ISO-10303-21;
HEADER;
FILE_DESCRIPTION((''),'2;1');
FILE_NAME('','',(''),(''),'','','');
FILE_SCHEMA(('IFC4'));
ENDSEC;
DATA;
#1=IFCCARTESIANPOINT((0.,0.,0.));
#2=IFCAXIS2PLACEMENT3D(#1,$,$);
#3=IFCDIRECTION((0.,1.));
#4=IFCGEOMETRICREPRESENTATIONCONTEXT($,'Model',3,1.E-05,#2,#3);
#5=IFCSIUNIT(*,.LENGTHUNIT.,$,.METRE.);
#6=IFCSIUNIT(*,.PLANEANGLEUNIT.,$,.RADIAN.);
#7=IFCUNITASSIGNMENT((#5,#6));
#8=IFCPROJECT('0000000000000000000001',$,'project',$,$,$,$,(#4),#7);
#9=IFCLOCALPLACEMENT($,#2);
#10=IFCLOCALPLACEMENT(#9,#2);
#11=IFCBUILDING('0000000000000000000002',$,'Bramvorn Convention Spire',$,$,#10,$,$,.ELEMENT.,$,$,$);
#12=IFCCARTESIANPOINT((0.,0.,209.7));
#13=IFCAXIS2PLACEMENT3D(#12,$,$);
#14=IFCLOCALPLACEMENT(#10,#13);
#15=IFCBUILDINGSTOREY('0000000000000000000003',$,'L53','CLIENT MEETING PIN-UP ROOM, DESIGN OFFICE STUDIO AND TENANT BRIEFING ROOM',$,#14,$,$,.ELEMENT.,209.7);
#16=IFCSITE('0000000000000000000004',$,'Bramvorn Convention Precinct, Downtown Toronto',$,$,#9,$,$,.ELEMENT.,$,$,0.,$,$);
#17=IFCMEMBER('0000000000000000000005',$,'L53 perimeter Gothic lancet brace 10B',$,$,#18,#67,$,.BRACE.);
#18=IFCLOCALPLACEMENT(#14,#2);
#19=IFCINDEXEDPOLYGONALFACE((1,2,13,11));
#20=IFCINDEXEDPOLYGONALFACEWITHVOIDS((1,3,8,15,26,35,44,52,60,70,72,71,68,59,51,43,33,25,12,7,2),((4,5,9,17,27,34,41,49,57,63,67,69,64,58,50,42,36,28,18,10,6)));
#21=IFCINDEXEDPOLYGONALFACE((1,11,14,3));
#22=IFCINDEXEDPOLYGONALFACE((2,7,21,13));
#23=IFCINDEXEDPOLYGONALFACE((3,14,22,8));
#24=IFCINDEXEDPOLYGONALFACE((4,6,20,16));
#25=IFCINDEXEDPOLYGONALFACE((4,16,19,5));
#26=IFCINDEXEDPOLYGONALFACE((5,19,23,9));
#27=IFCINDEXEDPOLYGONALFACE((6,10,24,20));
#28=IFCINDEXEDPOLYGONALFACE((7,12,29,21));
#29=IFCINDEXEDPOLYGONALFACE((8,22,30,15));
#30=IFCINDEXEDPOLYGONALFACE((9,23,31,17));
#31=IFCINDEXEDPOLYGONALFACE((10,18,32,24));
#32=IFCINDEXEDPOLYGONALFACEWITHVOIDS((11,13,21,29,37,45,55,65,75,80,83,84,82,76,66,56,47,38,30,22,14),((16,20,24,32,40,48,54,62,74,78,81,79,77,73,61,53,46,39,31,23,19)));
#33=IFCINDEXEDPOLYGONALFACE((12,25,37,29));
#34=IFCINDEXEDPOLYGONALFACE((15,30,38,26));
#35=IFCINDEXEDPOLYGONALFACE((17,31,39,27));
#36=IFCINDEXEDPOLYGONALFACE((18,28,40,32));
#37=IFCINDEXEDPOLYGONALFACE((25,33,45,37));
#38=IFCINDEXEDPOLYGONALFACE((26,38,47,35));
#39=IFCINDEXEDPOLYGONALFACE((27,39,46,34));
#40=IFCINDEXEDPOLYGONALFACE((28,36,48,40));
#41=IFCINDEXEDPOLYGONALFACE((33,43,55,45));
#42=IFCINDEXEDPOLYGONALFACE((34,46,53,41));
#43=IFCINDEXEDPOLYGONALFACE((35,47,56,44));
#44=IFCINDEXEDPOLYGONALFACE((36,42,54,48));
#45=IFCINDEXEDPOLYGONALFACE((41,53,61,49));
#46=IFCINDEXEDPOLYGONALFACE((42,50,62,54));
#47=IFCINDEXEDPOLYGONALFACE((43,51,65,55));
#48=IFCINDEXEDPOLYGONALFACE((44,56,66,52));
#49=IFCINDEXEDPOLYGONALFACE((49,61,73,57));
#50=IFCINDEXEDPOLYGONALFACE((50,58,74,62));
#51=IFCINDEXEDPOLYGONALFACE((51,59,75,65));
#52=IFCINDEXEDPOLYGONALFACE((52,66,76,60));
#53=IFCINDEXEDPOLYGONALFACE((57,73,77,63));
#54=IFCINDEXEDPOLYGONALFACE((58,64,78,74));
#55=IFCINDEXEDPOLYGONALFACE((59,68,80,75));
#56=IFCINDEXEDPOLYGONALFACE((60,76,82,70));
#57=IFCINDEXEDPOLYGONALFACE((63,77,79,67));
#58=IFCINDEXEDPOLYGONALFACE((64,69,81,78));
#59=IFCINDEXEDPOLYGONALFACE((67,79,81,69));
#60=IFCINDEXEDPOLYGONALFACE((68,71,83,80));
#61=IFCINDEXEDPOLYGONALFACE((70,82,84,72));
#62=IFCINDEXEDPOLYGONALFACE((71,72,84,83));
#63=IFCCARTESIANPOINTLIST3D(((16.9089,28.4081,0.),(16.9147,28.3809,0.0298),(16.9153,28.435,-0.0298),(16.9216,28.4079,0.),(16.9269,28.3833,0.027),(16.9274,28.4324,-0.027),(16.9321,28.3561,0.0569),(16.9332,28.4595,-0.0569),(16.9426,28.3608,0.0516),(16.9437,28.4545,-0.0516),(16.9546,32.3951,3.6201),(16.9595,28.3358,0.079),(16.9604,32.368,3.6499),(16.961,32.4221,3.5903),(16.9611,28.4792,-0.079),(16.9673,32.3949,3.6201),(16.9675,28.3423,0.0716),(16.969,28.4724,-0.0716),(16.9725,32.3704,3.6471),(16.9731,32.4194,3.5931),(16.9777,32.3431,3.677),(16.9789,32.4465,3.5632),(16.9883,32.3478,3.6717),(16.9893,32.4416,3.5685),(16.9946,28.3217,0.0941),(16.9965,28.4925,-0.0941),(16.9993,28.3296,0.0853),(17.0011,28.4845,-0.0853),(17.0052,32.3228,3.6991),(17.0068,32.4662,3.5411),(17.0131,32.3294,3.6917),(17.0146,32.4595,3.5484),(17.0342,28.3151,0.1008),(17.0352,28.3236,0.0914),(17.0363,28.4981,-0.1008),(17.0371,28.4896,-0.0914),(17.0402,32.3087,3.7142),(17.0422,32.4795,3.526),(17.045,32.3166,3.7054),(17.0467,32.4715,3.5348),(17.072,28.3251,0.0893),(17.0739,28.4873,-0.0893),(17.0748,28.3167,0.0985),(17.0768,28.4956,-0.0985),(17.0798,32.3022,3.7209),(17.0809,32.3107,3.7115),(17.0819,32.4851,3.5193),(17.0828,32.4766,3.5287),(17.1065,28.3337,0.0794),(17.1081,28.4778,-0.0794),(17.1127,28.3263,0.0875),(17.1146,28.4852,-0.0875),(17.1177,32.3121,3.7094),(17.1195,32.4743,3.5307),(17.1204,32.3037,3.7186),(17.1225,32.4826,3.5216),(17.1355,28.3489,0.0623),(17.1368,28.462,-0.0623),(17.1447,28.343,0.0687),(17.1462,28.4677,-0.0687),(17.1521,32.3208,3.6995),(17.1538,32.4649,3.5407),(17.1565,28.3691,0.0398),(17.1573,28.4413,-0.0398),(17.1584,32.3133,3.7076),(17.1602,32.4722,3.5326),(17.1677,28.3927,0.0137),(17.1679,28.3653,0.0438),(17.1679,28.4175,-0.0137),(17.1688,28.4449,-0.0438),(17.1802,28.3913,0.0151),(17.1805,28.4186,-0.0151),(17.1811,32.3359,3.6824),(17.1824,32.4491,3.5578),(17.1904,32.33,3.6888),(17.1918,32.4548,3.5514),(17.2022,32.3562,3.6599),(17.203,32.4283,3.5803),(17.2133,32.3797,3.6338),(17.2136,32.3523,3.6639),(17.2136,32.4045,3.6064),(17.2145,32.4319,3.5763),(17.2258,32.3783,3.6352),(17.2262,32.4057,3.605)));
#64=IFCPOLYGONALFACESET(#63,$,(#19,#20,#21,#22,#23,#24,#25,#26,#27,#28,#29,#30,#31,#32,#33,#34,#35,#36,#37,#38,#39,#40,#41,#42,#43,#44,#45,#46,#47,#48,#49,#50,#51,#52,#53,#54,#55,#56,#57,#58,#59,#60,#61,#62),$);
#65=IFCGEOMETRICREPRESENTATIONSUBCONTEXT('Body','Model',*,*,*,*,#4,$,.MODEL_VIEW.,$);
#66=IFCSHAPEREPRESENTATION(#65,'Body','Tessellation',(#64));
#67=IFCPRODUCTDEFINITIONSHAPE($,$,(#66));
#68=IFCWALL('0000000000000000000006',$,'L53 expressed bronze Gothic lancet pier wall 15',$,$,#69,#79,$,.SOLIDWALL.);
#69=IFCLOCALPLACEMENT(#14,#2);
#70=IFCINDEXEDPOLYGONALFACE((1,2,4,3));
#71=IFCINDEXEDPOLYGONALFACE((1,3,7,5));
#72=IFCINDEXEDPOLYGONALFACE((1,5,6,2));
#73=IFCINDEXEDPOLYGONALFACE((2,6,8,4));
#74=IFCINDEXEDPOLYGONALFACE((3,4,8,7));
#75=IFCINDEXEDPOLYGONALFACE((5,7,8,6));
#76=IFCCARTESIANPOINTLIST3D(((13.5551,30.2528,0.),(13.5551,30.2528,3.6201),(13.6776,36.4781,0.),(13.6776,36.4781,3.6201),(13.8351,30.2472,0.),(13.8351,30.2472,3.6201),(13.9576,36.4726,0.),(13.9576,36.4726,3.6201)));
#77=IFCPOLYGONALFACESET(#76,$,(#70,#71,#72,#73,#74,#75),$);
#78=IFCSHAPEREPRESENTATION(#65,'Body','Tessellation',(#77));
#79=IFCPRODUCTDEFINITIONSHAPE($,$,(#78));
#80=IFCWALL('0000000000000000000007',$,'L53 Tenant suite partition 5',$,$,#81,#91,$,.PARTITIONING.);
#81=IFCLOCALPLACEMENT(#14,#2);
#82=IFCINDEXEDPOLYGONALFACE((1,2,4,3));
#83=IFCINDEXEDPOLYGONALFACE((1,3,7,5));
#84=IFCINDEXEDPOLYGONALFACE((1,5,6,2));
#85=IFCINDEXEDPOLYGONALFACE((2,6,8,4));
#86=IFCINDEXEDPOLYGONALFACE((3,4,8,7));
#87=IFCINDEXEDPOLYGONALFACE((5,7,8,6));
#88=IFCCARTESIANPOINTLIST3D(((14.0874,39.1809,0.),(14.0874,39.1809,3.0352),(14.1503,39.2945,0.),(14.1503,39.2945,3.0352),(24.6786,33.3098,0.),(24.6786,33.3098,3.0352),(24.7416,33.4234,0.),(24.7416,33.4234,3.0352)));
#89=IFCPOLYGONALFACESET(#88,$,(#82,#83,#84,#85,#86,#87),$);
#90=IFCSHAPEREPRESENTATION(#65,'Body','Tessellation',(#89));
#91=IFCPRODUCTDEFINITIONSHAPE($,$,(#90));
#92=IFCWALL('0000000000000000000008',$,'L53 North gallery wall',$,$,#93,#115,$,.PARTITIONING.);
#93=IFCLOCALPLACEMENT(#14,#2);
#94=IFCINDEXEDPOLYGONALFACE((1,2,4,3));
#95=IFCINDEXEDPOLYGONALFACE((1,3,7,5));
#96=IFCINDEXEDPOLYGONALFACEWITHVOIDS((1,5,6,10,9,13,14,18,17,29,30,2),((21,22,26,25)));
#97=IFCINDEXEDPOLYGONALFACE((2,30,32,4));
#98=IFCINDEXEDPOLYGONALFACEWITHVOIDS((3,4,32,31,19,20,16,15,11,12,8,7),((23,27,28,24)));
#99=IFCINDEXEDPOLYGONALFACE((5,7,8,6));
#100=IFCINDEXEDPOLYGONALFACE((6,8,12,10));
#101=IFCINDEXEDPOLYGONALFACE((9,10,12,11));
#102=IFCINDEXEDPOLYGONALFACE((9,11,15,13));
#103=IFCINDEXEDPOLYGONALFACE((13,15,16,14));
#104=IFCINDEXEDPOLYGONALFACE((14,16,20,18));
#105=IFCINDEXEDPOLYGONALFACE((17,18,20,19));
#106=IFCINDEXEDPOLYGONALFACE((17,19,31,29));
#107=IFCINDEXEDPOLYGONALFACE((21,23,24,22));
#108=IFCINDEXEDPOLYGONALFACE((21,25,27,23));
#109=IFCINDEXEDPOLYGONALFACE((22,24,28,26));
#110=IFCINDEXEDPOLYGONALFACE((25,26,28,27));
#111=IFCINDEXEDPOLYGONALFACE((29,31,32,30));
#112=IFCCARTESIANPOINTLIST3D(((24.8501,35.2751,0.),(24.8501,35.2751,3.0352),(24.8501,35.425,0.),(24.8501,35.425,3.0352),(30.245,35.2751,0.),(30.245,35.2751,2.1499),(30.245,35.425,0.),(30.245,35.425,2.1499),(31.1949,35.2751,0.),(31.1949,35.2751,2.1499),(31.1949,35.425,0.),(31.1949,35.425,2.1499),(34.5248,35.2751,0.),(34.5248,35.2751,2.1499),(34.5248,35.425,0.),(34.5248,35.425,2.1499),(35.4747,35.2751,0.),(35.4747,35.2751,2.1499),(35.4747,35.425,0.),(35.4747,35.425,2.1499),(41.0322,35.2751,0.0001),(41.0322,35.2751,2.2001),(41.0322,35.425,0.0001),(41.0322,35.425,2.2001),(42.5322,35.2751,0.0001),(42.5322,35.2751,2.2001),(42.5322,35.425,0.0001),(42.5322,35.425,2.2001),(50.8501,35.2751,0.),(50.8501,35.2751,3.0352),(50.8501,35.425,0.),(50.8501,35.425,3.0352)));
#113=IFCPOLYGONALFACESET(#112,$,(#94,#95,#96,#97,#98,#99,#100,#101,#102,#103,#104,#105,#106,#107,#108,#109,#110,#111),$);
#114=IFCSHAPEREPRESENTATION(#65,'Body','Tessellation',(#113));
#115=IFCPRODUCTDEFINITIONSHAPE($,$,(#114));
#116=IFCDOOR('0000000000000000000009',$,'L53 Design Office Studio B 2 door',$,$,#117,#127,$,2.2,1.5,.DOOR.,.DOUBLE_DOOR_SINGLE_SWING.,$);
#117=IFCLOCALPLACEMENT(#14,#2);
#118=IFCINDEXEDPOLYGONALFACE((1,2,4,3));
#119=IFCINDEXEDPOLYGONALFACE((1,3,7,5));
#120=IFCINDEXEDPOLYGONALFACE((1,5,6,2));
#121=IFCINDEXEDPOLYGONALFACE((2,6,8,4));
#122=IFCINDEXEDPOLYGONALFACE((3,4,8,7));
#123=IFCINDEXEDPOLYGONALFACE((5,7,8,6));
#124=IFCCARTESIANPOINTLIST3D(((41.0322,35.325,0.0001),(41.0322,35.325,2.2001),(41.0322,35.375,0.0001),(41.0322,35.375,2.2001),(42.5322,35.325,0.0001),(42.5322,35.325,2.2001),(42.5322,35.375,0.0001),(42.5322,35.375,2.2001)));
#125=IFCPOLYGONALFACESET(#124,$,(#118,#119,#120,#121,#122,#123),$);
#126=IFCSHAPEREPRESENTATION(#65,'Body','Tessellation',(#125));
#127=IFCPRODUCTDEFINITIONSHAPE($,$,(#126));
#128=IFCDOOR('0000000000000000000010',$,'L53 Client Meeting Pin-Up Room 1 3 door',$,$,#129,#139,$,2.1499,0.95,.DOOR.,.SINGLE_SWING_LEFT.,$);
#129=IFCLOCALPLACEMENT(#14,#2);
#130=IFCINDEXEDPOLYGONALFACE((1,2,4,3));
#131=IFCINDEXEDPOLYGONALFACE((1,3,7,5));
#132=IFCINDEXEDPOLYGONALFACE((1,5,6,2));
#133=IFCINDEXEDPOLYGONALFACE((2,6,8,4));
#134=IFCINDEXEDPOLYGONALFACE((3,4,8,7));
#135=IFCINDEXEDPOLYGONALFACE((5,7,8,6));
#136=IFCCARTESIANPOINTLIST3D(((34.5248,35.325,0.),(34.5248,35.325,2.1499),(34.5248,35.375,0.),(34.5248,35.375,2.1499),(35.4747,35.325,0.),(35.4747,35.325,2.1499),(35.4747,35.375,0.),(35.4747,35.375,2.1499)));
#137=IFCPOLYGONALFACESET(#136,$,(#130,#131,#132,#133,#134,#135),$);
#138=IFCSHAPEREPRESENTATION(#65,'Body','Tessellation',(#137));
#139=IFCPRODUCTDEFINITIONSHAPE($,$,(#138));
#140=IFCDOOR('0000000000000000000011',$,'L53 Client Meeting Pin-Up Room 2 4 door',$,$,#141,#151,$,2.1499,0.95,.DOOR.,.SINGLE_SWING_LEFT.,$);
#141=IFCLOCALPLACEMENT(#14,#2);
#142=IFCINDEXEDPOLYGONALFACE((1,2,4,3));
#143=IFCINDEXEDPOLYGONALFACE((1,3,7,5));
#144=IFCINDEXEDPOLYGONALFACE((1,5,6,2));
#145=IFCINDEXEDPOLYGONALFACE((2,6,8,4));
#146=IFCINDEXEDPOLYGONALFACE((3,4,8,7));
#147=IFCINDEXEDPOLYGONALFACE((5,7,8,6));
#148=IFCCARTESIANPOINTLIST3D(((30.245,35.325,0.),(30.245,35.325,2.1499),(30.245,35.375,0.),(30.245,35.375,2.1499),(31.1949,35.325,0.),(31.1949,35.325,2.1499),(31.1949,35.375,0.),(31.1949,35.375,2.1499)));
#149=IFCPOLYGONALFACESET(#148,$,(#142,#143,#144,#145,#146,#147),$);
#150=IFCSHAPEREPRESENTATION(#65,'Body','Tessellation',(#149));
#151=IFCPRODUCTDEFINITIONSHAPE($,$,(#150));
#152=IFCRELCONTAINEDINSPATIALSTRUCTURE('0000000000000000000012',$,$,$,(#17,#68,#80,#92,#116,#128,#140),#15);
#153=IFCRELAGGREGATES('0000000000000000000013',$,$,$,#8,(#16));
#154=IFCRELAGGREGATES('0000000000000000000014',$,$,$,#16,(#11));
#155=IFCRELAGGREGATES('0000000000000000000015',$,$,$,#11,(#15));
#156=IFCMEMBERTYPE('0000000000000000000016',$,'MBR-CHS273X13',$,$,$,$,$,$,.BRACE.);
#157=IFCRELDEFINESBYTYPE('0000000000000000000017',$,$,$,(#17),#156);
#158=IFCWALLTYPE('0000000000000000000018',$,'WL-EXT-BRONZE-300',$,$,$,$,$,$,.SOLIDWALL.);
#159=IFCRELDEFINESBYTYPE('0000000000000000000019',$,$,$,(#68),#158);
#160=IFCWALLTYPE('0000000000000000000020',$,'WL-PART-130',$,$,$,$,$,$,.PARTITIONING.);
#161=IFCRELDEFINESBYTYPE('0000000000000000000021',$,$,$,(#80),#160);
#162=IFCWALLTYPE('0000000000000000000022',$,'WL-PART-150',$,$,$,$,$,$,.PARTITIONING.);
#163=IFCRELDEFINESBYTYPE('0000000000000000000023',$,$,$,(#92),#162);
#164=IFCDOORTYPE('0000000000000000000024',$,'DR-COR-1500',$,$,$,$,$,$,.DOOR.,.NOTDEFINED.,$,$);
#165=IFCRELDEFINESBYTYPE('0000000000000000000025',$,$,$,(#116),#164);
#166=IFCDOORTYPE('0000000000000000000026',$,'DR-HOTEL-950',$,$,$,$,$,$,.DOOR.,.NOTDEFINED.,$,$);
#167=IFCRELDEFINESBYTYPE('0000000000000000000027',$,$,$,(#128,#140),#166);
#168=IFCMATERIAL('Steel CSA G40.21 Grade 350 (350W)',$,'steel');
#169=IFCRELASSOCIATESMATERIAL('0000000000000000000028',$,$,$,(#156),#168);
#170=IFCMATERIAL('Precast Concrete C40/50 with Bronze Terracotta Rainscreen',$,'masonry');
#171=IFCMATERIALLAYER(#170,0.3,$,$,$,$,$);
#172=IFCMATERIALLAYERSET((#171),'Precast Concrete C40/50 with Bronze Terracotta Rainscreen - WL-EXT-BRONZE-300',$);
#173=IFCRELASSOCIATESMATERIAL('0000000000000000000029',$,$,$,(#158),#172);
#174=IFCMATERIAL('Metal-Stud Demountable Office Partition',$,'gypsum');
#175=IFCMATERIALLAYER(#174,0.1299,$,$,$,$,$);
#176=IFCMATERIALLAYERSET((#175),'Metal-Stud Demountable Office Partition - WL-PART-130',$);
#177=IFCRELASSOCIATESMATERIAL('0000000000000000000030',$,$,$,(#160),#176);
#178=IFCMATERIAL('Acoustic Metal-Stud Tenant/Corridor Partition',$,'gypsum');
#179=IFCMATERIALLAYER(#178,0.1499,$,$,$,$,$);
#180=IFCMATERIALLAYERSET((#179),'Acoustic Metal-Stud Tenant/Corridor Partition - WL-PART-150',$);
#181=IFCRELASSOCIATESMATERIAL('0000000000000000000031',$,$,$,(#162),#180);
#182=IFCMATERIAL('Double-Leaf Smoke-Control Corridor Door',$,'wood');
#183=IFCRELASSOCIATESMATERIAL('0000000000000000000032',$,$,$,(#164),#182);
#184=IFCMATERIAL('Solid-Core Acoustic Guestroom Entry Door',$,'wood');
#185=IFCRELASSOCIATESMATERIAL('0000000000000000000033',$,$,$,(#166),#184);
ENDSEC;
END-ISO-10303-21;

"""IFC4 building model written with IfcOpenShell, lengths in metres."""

from ifc_helpers import new_model, si_unit, direction, frame, frame_2d, origin, origin_2d, place, context, subcontext, project, spatial, rectangle, hollow_circle, extrude, material, layer, layer_set, material_profile, profile_set, type_object, element, fill, save


model = new_model("IFC4")

# Units and contexts
model_context = context("Model", 3, precision=1e-05, world=origin(), true_north=direction((0.0, 1.0)))
body_context = subcontext(model_context, "Body", "Model", "MODEL_VIEW")
ifc_project = project(units=[si_unit("LENGTHUNIT", "METRE"), si_unit("PLANEANGLEUNIT", "RADIAN")], contexts=[model_context])

# Site, building, storey
site_placement = place(None, origin())
site = spatial("IfcSite", under=ifc_project, at=site_placement, Name="Bramvorn Convention Precinct, Downtown Toronto", CompositionType="ELEMENT", RefElevation=0.0)
building_placement = place(site_placement, origin())
building = spatial("IfcBuilding", under=site, at=building_placement, Name="Bramvorn Convention Spire", CompositionType="ELEMENT")
storey_placement = place(building_placement, frame((0.0, 0.0, 209.7)))
storey = spatial("IfcBuildingStorey", under=building, at=storey_placement, Name="L53", Description="CLIENT MEETING PIN-UP ROOM, DESIGN OFFICE STUDIO AND TENANT BRIEFING ROOM", CompositionType="ELEMENT", Elevation=209.7)

# Shared definitions
ifc_material_1 = material(Name="Steel CSA G40.21 Grade 350 (350W)", Category="steel")

# Member
ifc_material_profile_1 = material_profile(ifc_material_1, hollow_circle(Radius=0.1365, WallThickness=0.0127, at=origin_2d()))
ifc_profile_set_1 = profile_set([ifc_material_profile_1], Name="Steel CSA G40.21 Grade 350 (350W) - CHS273X13")
member_type = type_object("IfcMemberType", Name="MBR-CHS273X13", PredefinedType="BRACE", material=ifc_profile_set_1)
member_placement = place(storey_placement, frame((17.0454, 28.4065, 0.0), z_axis=(0.008477, 0.740328, 0.672193), x_axis=(-0.999934, 0.01145, 0.0)))
element("IfcMember", 1, at=member_placement, inside=storey, type_object=member_type, Name="L53 perimeter Gothic lancet brace 10B", PredefinedType="BRACE", context=body_context, shape_type="SweptSolid", body=[
    extrude(hollow_circle(Radius=0.1365, WallThickness=0.0127, at=origin_2d()), origin(), (0.0, 0.0, 1.0), 5.3855),
])

# Walls
ifc_material_2 = material(Name="Precast Concrete C40/50 with Bronze Terracotta Rainscreen", Category="masonry")
ifc_layer_1 = layer(ifc_material_2, 0.3)
ifc_layer_set_1 = layer_set([ifc_layer_1], Name="Precast Concrete C40/50 with Bronze Terracotta Rainscreen - WL-EXT-BRONZE-300")
wall_type_1 = type_object("IfcWallType", Name="WL-EXT-BRONZE-300", PredefinedType="SOLIDWALL", material=ifc_layer_set_1)
wall_1_placement = place(storey_placement, frame((13.6951, 30.25, 0.0), z_axis=(0.0, 0.0, 1.0), x_axis=(0.019683, 0.999806, 0.0)))
element("IfcWall", 2, at=wall_1_placement, inside=storey, type_object=wall_type_1, Name="L53 expressed bronze Gothic lancet pier wall 15", PredefinedType="SOLIDWALL", context=body_context, shape_type="SweptSolid", body=[
    extrude(rectangle(XDim=6.2266, YDim=0.28, at=frame_2d((3.1133, 0.0))), origin(), (0.0, 0.0, 1.0), 3.6201),
])
ifc_material_3 = material(Name="Metal-Stud Demountable Office Partition", Category="gypsum")
ifc_layer_2 = layer(ifc_material_3, 0.1299)
ifc_layer_set_2 = layer_set([ifc_layer_2], Name="Metal-Stud Demountable Office Partition - WL-PART-130")
wall_type_2 = type_object("IfcWallType", Name="WL-PART-130", PredefinedType="PARTITIONING", material=ifc_layer_set_2)
wall_2_placement = place(storey_placement, frame((24.71, 33.3667, 0.0), z_axis=(0.0, 0.0, 1.0), x_axis=(-0.874611, 0.484824, 0.0)))
element("IfcWall", 3, at=wall_2_placement, inside=storey, type_object=wall_type_2, Name="L53 Tenant suite partition 5", PredefinedType="PARTITIONING", context=body_context, shape_type="SweptSolid", body=[
    extrude(rectangle(XDim=12.1096, YDim=0.1299, at=frame_2d((6.0547, 0.0))), origin(), (0.0, 0.0, 1.0), 3.0352),
])

# Wall, openings, doors
ifc_material_4 = material(Name="Acoustic Metal-Stud Tenant/Corridor Partition", Category="gypsum")
ifc_layer_3 = layer(ifc_material_4, 0.1499)
ifc_layer_set_3 = layer_set([ifc_layer_3], Name="Acoustic Metal-Stud Tenant/Corridor Partition - WL-PART-150")
wall_type_3 = type_object("IfcWallType", Name="WL-PART-150", PredefinedType="PARTITIONING", material=ifc_layer_set_3)
wall_3_placement = place(storey_placement, frame((24.8501, 35.3501, 0.0), z_axis=(0.0, 0.0, 1.0), x_axis=(1.0, 0.0, 0.0)))
wall_3 = element("IfcWall", 4, at=wall_3_placement, inside=storey, type_object=wall_type_3, Name="L53 North gallery wall", PredefinedType="PARTITIONING", context=body_context, shape_type="SweptSolid", body=[
    extrude(rectangle(XDim=26.0, YDim=0.1499, at=frame_2d((13.0, 0.0))), origin(), (0.0, 0.0, 1.0), 3.0352),
])
opening_1_placement = place(wall_3_placement, frame((16.1821, 0.0, 0.0)))
opening_1 = element("IfcOpeningElement", 5, at=opening_1_placement, cuts=wall_3, PredefinedType="OPENING", context=body_context, shape_type="SweptSolid", body=[
    extrude(rectangle(XDim=1.5, YDim=2.2, at=frame_2d((0.75, 1.1001))), frame((0.0, 0.085, 0.0), z_axis=(0.0, -1.0, 0.0), x_axis=(1.0, 0.0, 0.0)), (0.0, 0.0, 1.0), 0.1699),
])
opening_2_placement = place(wall_3_placement, frame((9.6746, 0.0, 0.0)))
opening_2 = element("IfcOpeningElement", 6, at=opening_2_placement, cuts=wall_3, PredefinedType="OPENING", context=body_context, shape_type="SweptSolid", body=[
    extrude(rectangle(XDim=0.95, YDim=2.1499, at=frame_2d((0.4751, 1.075))), frame((0.0, 0.085, 0.0), z_axis=(0.0, -1.0, 0.0), x_axis=(1.0, 0.0, 0.0)), (0.0, 0.0, 1.0), 0.1699),
])
opening_3_placement = place(wall_3_placement, frame((5.3948, 0.0, 0.0)))
opening_3 = element("IfcOpeningElement", 7, at=opening_3_placement, cuts=wall_3, PredefinedType="OPENING", context=body_context, shape_type="SweptSolid", body=[
    extrude(rectangle(XDim=0.95, YDim=2.1499, at=frame_2d((0.4751, 1.075))), frame((0.0, 0.085, 0.0), z_axis=(0.0, -1.0, 0.0), x_axis=(1.0, 0.0, 0.0)), (0.0, 0.0, 1.0), 0.1699),
])
ifc_material_5 = material(Name="Double-Leaf Smoke-Control Corridor Door", Category="wood")
door_type_1 = type_object("IfcDoorType", Name="DR-COR-1500", OperationType="NOTDEFINED", PredefinedType="DOOR", material=ifc_material_5)
door_1_placement = place(opening_1_placement, origin())
door_1 = element("IfcDoor", 8, at=door_1_placement, inside=storey, type_object=door_type_1, Name="L53 Design Office Studio B 2 door", OperationType="DOUBLE_DOOR_SINGLE_SWING", OverallHeight=2.2, OverallWidth=1.5, PredefinedType="DOOR", context=body_context, shape_type="SweptSolid", body=[
    extrude(rectangle(XDim=1.5, YDim=2.2, at=frame_2d((0.75, 1.1001))), frame((0.0, 0.0249, 0.0), z_axis=(0.0, -1.0, 0.0), x_axis=(1.0, 0.0, 0.0)), (0.0, 0.0, 1.0), 0.05),
])
fill(opening_1, door_1)
ifc_material_6 = material(Name="Solid-Core Acoustic Guestroom Entry Door", Category="wood")
door_type_2 = type_object("IfcDoorType", Name="DR-HOTEL-950", OperationType="NOTDEFINED", PredefinedType="DOOR", material=ifc_material_6)
door_2_placement = place(opening_2_placement, origin())
door_2 = element("IfcDoor", 9, at=door_2_placement, inside=storey, type_object=door_type_2, Name="L53 Client Meeting Pin-Up Room 1 3 door", OperationType="SINGLE_SWING_LEFT", OverallHeight=2.1499, OverallWidth=0.95, PredefinedType="DOOR", context=body_context, shape_type="SweptSolid", body=[
    extrude(rectangle(XDim=0.95, YDim=2.1499, at=frame_2d((0.4751, 1.075))), frame((0.0, 0.0249, 0.0), z_axis=(0.0, -1.0, 0.0), x_axis=(1.0, 0.0, 0.0)), (0.0, 0.0, 1.0), 0.05),
])
fill(opening_2, door_2)
door_3_placement = place(opening_3_placement, origin())
door_3 = element("IfcDoor", 10, at=door_3_placement, inside=storey, type_object=door_type_2, Name="L53 Client Meeting Pin-Up Room 2 4 door", OperationType="SINGLE_SWING_LEFT", OverallHeight=2.1499, OverallWidth=0.95, PredefinedType="DOOR", context=body_context, shape_type="SweptSolid", body=[
    extrude(rectangle(XDim=0.95, YDim=2.1499, at=frame_2d((0.4751, 1.075))), frame((0.0, 0.0249, 0.0), z_axis=(0.0, -1.0, 0.0), x_axis=(1.0, 0.0, 0.0)), (0.0, 0.0, 1.0), 0.05),
])
fill(opening_3, door_3)

save(model, "model.ifc")
